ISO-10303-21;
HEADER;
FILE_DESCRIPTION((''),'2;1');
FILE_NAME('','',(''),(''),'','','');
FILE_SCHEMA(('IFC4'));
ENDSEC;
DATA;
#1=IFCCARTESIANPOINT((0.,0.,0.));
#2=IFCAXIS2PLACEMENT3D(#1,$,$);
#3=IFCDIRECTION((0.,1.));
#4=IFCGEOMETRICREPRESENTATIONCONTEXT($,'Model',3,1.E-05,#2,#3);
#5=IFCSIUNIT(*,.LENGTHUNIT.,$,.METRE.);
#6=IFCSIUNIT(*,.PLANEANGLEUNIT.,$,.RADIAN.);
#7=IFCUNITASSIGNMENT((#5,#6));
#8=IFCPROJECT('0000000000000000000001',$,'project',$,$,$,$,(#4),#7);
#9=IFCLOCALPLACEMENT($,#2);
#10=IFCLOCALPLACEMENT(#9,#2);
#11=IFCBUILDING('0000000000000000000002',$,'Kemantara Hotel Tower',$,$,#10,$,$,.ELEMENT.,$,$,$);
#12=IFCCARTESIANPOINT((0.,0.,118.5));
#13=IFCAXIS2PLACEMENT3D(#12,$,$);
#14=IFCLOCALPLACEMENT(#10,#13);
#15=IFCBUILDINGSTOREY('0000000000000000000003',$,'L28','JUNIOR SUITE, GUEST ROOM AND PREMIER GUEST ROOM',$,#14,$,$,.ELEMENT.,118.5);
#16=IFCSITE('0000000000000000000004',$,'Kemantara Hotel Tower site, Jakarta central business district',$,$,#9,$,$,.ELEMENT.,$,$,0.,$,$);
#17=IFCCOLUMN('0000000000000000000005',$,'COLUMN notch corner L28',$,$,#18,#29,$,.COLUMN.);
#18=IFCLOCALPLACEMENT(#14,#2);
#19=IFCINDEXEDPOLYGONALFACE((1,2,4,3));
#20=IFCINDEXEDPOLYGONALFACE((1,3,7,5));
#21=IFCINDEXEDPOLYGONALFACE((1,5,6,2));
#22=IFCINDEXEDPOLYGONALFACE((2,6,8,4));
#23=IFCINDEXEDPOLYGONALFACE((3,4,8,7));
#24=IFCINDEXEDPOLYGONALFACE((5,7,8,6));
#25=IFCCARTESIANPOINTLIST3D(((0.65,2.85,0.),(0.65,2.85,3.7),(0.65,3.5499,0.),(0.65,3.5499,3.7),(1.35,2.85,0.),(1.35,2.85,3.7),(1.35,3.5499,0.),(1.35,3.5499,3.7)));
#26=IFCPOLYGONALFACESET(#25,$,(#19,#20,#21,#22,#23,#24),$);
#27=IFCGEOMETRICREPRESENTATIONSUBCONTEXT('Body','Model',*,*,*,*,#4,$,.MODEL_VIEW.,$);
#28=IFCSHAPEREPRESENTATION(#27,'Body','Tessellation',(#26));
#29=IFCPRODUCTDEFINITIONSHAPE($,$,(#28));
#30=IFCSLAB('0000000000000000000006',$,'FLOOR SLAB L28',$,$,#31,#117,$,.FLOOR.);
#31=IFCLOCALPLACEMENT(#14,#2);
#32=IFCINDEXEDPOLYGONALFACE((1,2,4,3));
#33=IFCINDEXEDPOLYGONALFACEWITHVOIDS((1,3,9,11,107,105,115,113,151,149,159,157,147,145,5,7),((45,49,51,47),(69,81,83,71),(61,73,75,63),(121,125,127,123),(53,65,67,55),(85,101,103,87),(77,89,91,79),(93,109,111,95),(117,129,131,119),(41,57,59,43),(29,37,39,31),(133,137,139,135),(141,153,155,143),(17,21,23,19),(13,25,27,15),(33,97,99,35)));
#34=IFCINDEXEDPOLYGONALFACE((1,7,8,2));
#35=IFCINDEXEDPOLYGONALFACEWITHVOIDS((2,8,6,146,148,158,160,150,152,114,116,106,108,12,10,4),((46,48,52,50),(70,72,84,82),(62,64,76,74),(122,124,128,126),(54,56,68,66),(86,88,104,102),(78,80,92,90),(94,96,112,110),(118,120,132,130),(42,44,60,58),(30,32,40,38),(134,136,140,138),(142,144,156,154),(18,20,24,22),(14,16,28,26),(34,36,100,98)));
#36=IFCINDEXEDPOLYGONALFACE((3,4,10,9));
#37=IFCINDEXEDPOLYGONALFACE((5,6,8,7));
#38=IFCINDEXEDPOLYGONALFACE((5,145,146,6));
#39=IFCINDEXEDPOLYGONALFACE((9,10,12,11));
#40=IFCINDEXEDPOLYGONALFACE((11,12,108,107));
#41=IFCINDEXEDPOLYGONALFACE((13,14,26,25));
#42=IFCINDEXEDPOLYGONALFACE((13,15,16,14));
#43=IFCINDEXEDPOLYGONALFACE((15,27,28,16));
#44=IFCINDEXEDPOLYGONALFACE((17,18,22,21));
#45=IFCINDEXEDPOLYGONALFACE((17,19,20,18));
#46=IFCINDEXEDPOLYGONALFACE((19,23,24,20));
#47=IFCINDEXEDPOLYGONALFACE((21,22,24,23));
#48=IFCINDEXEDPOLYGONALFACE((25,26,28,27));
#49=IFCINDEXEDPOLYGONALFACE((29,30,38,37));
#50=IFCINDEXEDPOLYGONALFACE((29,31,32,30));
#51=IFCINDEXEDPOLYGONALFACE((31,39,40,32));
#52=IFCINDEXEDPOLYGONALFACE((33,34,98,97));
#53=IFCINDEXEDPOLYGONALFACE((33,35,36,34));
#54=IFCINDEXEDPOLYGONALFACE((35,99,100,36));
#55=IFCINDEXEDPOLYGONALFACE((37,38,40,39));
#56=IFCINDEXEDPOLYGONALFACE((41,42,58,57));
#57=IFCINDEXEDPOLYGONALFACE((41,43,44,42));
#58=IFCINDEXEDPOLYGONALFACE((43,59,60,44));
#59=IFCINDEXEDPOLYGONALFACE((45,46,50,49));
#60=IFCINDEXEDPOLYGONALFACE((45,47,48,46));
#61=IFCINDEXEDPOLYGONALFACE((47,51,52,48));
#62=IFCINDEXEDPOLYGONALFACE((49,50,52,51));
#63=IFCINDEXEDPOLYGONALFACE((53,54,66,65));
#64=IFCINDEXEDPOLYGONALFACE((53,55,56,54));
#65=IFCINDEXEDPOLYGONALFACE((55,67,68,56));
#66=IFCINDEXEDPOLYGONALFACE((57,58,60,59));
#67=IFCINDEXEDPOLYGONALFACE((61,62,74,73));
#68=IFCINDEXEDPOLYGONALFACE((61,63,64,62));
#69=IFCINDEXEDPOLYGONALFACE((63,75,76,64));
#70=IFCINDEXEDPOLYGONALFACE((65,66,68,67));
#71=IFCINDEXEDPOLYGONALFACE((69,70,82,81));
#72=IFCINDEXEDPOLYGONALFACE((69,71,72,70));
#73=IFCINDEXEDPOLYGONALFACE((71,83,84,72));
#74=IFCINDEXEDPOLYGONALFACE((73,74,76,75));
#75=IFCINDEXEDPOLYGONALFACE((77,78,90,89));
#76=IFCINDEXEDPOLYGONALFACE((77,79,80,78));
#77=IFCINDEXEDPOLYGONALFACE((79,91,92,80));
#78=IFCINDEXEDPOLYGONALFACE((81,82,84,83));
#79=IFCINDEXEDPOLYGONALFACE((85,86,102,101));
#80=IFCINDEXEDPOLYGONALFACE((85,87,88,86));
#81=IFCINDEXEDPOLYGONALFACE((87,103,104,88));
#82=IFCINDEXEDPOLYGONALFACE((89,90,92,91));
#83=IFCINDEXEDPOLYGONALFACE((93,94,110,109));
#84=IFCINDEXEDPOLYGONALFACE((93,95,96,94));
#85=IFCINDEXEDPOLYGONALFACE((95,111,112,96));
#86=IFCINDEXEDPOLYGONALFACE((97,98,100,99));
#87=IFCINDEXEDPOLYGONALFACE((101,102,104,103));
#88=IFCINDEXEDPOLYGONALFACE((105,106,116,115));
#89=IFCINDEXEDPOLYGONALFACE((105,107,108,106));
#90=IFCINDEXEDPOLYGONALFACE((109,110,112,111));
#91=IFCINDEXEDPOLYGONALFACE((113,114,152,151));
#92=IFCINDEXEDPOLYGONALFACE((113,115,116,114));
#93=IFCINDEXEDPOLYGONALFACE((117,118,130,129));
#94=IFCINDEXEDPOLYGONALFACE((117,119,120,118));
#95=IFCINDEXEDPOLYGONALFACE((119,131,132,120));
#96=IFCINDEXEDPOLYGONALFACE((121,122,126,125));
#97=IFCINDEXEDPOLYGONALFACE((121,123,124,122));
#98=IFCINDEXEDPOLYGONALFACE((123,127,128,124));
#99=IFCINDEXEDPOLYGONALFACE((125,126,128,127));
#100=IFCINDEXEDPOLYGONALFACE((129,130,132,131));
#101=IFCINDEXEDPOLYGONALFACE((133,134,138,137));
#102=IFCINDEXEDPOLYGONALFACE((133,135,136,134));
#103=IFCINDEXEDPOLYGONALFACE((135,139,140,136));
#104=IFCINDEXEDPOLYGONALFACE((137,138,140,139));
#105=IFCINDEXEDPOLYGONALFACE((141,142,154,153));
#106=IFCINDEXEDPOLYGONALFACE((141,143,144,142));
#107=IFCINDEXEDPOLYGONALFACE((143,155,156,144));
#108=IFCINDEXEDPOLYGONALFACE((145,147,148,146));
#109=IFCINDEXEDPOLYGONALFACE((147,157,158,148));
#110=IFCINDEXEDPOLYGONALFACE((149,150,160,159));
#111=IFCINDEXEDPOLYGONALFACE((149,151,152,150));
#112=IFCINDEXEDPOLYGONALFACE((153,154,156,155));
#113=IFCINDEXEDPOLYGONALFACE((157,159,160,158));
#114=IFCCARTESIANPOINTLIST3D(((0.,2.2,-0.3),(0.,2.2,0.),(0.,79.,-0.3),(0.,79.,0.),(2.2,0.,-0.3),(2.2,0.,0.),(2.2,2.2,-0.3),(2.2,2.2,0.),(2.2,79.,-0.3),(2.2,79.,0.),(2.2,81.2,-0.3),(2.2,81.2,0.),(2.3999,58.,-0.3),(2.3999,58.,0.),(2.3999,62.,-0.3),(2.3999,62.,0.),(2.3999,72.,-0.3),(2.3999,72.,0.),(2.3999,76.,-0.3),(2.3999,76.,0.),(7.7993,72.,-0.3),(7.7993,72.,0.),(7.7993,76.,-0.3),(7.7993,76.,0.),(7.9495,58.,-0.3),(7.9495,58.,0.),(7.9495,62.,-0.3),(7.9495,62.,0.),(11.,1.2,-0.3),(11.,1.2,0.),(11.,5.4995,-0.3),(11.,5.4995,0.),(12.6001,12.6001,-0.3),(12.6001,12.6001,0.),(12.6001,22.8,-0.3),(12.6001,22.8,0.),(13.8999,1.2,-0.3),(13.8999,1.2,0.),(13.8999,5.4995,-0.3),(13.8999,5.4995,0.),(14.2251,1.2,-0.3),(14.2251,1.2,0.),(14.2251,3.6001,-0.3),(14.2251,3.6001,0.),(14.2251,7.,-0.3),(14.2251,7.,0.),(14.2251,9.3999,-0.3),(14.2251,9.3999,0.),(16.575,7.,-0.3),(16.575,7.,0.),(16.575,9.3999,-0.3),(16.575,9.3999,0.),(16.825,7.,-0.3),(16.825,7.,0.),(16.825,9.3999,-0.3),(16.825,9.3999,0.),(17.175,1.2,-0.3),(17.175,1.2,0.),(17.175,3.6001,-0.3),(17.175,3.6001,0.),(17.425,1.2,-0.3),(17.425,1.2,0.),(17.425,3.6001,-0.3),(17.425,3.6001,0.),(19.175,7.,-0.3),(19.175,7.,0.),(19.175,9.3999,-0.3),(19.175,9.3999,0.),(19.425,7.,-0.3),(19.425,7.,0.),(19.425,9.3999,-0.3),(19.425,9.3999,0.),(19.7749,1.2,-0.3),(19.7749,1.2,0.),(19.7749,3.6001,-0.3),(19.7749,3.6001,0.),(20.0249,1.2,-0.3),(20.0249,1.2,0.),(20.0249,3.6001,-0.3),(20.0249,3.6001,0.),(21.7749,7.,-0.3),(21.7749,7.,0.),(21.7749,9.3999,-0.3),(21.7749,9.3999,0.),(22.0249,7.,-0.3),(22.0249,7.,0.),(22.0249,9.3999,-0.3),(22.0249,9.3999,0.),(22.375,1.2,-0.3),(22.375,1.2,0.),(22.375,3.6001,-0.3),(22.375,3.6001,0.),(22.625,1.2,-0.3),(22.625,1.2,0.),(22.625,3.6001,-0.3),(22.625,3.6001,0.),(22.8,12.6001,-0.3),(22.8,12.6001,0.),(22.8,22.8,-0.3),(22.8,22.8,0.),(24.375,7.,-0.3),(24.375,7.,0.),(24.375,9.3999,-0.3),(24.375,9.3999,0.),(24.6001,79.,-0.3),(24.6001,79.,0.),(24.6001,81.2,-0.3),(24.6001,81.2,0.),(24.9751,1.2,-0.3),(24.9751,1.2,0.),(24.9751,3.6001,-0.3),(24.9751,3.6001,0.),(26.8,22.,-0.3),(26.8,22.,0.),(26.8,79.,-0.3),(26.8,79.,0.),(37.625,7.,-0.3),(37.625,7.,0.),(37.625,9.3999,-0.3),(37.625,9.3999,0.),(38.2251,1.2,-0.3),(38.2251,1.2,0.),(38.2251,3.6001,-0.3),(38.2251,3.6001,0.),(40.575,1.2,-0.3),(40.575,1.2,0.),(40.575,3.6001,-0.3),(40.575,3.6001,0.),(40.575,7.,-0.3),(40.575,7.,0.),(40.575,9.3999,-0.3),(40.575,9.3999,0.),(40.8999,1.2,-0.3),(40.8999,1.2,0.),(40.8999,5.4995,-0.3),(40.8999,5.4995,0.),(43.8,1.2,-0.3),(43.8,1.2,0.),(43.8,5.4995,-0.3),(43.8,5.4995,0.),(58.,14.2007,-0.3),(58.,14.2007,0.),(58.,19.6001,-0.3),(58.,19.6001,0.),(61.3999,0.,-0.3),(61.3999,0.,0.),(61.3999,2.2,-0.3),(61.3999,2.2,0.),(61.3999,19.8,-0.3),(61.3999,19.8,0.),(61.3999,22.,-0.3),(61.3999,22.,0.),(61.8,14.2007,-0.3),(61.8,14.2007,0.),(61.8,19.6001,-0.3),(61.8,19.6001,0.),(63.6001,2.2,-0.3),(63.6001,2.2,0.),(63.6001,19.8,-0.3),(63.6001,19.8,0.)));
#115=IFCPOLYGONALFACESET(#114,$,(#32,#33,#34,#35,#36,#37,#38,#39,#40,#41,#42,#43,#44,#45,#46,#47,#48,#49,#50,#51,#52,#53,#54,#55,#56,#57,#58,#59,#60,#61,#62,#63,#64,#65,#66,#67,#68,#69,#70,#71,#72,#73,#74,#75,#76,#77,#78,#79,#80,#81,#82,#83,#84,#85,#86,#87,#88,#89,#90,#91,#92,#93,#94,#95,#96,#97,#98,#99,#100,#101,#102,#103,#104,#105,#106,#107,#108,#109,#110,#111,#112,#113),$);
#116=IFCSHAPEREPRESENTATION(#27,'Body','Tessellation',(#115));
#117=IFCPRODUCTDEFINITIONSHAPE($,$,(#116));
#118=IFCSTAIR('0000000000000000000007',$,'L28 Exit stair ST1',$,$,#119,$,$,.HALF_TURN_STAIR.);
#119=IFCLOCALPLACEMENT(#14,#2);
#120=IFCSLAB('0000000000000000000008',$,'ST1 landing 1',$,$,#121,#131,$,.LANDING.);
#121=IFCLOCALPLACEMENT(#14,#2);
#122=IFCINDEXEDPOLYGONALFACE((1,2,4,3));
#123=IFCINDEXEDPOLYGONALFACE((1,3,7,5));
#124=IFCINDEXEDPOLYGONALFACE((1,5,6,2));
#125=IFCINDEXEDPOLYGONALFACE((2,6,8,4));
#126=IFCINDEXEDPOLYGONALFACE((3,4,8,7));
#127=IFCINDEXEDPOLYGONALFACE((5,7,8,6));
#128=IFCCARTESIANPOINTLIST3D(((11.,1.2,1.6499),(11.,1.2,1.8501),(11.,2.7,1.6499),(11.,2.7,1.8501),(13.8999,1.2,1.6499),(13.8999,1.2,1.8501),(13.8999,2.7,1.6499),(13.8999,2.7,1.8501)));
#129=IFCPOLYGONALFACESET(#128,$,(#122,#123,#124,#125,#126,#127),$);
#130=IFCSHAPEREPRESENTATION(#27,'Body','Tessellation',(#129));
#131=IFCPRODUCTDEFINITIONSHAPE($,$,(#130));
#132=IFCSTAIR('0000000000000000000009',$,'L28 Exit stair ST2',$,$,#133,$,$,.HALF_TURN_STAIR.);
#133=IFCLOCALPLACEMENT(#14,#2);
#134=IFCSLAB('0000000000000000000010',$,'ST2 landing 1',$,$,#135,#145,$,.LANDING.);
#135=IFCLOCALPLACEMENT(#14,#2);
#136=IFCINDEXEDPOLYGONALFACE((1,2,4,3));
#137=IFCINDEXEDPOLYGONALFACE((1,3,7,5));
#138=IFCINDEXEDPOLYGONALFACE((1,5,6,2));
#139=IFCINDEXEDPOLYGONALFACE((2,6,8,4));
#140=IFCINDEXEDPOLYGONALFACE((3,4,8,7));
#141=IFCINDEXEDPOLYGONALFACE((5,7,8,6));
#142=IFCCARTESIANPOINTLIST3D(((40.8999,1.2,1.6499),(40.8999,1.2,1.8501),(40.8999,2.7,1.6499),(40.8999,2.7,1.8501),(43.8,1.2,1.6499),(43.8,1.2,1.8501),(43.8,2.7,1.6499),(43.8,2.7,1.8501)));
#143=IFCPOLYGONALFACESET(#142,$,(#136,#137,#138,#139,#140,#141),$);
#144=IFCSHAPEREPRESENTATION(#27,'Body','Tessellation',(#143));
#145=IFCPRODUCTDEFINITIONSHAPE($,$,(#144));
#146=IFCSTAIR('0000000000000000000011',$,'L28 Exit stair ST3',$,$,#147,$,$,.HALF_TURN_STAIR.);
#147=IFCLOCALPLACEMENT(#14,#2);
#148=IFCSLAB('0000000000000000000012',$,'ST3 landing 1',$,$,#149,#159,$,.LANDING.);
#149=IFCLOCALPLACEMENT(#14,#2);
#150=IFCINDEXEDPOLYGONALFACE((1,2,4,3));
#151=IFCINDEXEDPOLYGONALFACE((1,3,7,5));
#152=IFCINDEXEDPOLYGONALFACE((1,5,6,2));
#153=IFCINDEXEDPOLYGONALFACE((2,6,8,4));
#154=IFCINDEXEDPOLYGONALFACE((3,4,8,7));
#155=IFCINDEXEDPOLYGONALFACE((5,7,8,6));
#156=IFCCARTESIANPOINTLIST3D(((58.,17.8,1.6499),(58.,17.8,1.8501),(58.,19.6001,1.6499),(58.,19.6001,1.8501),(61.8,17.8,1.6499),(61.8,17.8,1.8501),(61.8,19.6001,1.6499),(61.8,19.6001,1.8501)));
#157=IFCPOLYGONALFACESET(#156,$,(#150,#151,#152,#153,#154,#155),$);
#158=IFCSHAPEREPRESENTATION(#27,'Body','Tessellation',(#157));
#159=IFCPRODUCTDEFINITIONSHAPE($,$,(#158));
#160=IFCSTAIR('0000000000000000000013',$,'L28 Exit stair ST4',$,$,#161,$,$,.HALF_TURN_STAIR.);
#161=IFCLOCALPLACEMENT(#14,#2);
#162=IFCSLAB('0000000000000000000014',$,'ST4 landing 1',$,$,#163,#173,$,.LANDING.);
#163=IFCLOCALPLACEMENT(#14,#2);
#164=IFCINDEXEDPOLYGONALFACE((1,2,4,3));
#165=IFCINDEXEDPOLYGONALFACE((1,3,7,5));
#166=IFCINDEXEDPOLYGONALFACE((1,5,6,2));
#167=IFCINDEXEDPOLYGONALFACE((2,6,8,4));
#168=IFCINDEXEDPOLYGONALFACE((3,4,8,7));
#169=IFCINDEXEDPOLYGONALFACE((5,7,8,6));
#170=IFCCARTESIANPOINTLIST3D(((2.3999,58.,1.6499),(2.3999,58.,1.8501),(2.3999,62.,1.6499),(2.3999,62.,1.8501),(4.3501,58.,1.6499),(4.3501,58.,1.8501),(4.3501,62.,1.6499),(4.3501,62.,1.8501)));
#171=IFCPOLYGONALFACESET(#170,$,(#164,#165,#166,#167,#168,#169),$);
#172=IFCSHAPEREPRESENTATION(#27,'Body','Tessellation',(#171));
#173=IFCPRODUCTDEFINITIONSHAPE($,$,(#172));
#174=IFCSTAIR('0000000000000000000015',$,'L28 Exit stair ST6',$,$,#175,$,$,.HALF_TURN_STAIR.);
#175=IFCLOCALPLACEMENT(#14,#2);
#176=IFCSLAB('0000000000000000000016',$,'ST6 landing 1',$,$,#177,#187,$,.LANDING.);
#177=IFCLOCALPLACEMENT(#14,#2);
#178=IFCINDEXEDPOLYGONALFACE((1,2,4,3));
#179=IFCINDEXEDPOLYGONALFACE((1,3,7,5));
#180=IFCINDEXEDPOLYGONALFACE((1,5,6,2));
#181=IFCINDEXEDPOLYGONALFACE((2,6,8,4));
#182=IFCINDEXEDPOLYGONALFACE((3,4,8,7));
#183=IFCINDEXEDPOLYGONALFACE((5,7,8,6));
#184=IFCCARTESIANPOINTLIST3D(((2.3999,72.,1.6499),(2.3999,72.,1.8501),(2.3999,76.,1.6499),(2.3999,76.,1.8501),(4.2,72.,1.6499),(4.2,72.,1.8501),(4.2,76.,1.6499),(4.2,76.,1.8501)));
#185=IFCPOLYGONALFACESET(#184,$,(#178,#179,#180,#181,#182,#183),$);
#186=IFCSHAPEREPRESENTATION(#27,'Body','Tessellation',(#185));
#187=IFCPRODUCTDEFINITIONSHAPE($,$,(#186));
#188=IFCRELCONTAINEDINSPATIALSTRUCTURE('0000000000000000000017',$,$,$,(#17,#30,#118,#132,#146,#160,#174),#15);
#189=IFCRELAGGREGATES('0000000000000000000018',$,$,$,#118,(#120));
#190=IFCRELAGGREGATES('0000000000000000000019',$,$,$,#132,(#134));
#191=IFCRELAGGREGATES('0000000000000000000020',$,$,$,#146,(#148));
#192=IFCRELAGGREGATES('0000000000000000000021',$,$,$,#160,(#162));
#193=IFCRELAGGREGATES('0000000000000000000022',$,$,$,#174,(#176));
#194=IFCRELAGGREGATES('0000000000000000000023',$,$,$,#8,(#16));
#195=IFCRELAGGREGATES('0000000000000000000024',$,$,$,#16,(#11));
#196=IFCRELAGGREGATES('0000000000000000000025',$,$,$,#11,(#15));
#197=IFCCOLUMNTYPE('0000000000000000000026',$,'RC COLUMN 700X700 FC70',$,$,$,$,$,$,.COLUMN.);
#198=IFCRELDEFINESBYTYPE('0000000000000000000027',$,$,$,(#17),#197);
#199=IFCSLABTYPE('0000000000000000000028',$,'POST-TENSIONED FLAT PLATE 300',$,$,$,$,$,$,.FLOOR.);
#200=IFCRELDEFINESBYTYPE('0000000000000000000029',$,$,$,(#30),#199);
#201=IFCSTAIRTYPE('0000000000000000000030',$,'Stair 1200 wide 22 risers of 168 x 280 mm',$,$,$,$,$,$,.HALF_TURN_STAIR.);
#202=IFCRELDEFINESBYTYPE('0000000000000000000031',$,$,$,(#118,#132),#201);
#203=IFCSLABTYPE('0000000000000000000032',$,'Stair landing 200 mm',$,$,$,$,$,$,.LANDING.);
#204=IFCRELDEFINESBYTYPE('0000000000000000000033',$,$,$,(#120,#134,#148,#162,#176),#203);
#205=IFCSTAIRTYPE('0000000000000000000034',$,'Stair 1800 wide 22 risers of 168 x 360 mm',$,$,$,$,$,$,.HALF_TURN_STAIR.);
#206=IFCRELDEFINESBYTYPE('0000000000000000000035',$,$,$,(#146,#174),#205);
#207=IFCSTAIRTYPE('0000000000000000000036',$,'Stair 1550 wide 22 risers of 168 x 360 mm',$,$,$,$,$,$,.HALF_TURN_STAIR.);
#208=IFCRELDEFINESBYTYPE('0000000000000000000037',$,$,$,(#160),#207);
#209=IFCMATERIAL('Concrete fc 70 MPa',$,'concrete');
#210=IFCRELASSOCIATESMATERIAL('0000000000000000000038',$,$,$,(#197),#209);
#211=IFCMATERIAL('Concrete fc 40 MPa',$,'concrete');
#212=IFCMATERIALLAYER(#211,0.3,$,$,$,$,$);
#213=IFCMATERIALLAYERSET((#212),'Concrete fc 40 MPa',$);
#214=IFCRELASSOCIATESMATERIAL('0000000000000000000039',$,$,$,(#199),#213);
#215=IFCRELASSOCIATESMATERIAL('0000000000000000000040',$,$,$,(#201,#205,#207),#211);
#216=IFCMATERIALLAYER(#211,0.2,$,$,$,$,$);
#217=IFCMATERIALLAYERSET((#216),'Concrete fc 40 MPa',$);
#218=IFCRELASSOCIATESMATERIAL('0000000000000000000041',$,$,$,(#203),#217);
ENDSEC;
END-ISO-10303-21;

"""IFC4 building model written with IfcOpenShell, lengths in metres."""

from ifc_helpers import new_model, si_unit, direction, frame, origin, origin_2d, place, context, subcontext, project, spatial, polyline, rectangle, outline, extrude, material, layer, layer_set, material_profile, profile_set, type_object, element, aggregate, save


model = new_model("IFC4")

# Units and contexts
model_context = context("Model", 3, precision=1e-05, world=origin(), true_north=direction((0.0, 1.0)))
body_context = subcontext(model_context, "Body", "Model", "MODEL_VIEW")
ifc_project = project(units=[si_unit("LENGTHUNIT", "METRE"), si_unit("PLANEANGLEUNIT", "RADIAN")], contexts=[model_context])

# Site, building, storey
site_placement = place(None, origin())
site = spatial("IfcSite", under=ifc_project, at=site_placement, Name="Kemantara Hotel Tower site, Jakarta central business district", CompositionType="ELEMENT", RefElevation=0.0)
building_placement = place(site_placement, origin())
building = spatial("IfcBuilding", under=site, at=building_placement, Name="Kemantara Hotel Tower", CompositionType="ELEMENT")
storey_placement = place(building_placement, frame((0.0, 0.0, 118.5)))
storey = spatial("IfcBuildingStorey", under=building, at=storey_placement, Name="L28", Description="JUNIOR SUITE, GUEST ROOM AND PREMIER GUEST ROOM", CompositionType="ELEMENT", Elevation=118.5)

# Column
ifc_material_1 = material(Name="Concrete fc 70 MPa", Category="concrete")
ifc_material_profile = material_profile(ifc_material_1, rectangle(XDim=0.7, YDim=0.7, at=origin_2d()), Name="RC 700X700")
ifc_profile_set = profile_set([ifc_material_profile], Name="Concrete fc 70 MPa")
column_type = type_object("IfcColumnType", Name="RC COLUMN 700X700 FC70", PredefinedType="COLUMN", material=ifc_profile_set)
column_placement = place(storey_placement, frame((1.0, 3.2, 0.0), z_axis=(0.0, 0.0, 1.0), x_axis=(1.0, 0.0, 0.0)))
element("IfcColumn", 1, at=column_placement, inside=storey, type_object=column_type, Name="COLUMN notch corner L28", PredefinedType="COLUMN", context=body_context, shape_type="SweptSolid", body=[
    extrude(rectangle(XDim=0.7, YDim=0.7, at=origin_2d()), origin(), (0.0, 0.0, 1.0), 3.7),
])

# Slab
ifc_material_2 = material(Name="Concrete fc 40 MPa", Category="concrete")
ifc_layer_1 = layer(ifc_material_2, 0.3)
ifc_layer_set_1 = layer_set([ifc_layer_1], Name="Concrete fc 40 MPa")
slab_type_1 = type_object("IfcSlabType", Name="POST-TENSIONED FLAT PLATE 300", PredefinedType="FLOOR", material=ifc_layer_set_1)
slab_1_placement = place(storey_placement, frame((0.0, 0.0, -0.3)))
element("IfcSlab", 2, at=slab_1_placement, inside=storey, type_object=slab_type_1, Name="FLOOR SLAB L28", PredefinedType="FLOOR", context=body_context, shape_type="SweptSolid", body=[
    extrude(outline(polyline([(26.8, 79.0), (24.6001, 79.0), (24.6001, 81.2), (2.2, 81.2), (2.2, 79.0), (0.0, 79.0), (0.0, 2.2), (2.2, 2.2), (2.2, 0.0), (61.3999, 0.0), (61.3999, 2.2), (63.6001, 2.2), (63.6001, 19.8), (61.3999, 19.8), (61.3999, 22.0), (26.8, 22.0), (26.8, 79.0)]), holes=[polyline([(17.175, 1.2), (14.2251, 1.2), (14.2251, 3.6001), (17.175, 3.6001), (17.175, 1.2)]), polyline([(19.7749, 1.2), (17.425, 1.2), (17.425, 3.6001), (19.7749, 3.6001), (19.7749, 1.2)]), polyline([(11.0, 1.2), (11.0, 5.4995), (13.8999, 5.4995), (13.8999, 1.2), (11.0, 1.2)]), polyline([(16.575, 7.0), (14.2251, 7.0), (14.2251, 9.3999), (16.575, 9.3999), (16.575, 7.0)]), polyline([(19.175, 7.0), (16.825, 7.0), (16.825, 9.3999), (19.175, 9.3999), (19.175, 7.0)]), polyline([(22.8, 12.6001), (12.6001, 12.6001), (12.6001, 22.8), (22.8, 22.8), (22.8, 12.6001)]), polyline([(2.3999, 62.0), (7.9495, 62.0), (7.9495, 58.0), (2.3999, 58.0), (2.3999, 62.0)]), polyline([(2.3999, 76.0), (7.7993, 76.0), (7.7993, 72.0), (2.3999, 72.0), (2.3999, 76.0)]), polyline([(22.375, 1.2), (20.0249, 1.2), (20.0249, 3.6001), (22.375, 3.6001), (22.375, 1.2)]), polyline([(24.9751, 1.2), (22.625, 1.2), (22.625, 3.6001), (24.9751, 3.6001), (24.9751, 1.2)]), polyline([(40.575, 1.2), (38.2251, 1.2), (38.2251, 3.6001), (40.575, 3.6001), (40.575, 1.2)]), polyline([(40.8999, 1.2), (40.8999, 5.4995), (43.8, 5.4995), (43.8, 1.2), (40.8999, 1.2)]), polyline([(21.7749, 7.0), (19.425, 7.0), (19.425, 9.3999), (21.7749, 9.3999), (21.7749, 7.0)]), polyline([(24.375, 7.0), (22.0249, 7.0), (22.0249, 9.3999), (24.375, 9.3999), (24.375, 7.0)]), polyline([(40.575, 7.0), (37.625, 7.0), (37.625, 9.3999), (40.575, 9.3999), (40.575, 7.0)]), polyline([(61.8, 19.6001), (61.8, 14.2007), (58.0, 14.2007), (58.0, 19.6001), (61.8, 19.6001)])]), origin(), (0.0, 0.0, 1.0), 0.3),
])

# Stairs, slabs
stair_type_1 = type_object("IfcStairType", Name="Stair 1200 wide 22 risers of 168 x 280 mm", PredefinedType="HALF_TURN_STAIR", material=ifc_material_2)
stair_1_placement = place(storey_placement, origin())
stair_1 = element("IfcStair", 3, at=stair_1_placement, inside=storey, type_object=stair_type_1, Name="L28 Exit stair ST1", PredefinedType="HALF_TURN_STAIR")
ifc_layer_2 = layer(ifc_material_2, 0.2)
ifc_layer_set_2 = layer_set([ifc_layer_2], Name="Concrete fc 40 MPa")
slab_type_2 = type_object("IfcSlabType", Name="Stair landing 200 mm", PredefinedType="LANDING", material=ifc_layer_set_2)
slab_2_placement = place(storey_placement, frame((0.0, 0.0, 1.6499)))
slab_2 = element("IfcSlab", 4, at=slab_2_placement, type_object=slab_type_2, Name="ST1 landing 1", PredefinedType="LANDING", context=body_context, shape_type="SweptSolid", body=[
    extrude(outline(polyline([(11.0, 2.7), (11.0, 1.2), (13.8999, 1.2), (13.8999, 2.7), (11.0, 2.7)])), origin(), (0.0, 0.0, 1.0), 0.2002),
])
aggregate(stair_1, [slab_2])
stair_2_placement = place(storey_placement, origin())
stair_2 = element("IfcStair", 5, at=stair_2_placement, inside=storey, type_object=stair_type_1, Name="L28 Exit stair ST2", PredefinedType="HALF_TURN_STAIR")
slab_3_placement = place(storey_placement, frame((0.0, 0.0, 1.6499)))
slab_3 = element("IfcSlab", 6, at=slab_3_placement, type_object=slab_type_2, Name="ST2 landing 1", PredefinedType="LANDING", context=body_context, shape_type="SweptSolid", body=[
    extrude(outline(polyline([(40.8999, 2.7), (40.8999, 1.2), (43.8, 1.2), (43.8, 2.7), (40.8999, 2.7)])), origin(), (0.0, 0.0, 1.0), 0.2002),
])
aggregate(stair_2, [slab_3])
stair_type_2 = type_object("IfcStairType", Name="Stair 1800 wide 22 risers of 168 x 360 mm", PredefinedType="HALF_TURN_STAIR", material=ifc_material_2)
stair_3_placement = place(storey_placement, origin())
stair_3 = element("IfcStair", 7, at=stair_3_placement, inside=storey, type_object=stair_type_2, Name="L28 Exit stair ST3", PredefinedType="HALF_TURN_STAIR")
slab_4_placement = place(storey_placement, frame((0.0, 0.0, 1.6499)))
slab_4 = element("IfcSlab", 8, at=slab_4_placement, type_object=slab_type_2, Name="ST3 landing 1", PredefinedType="LANDING", context=body_context, shape_type="SweptSolid", body=[
    extrude(outline(polyline([(61.8, 17.8), (61.8, 19.6001), (58.0, 19.6001), (58.0, 17.8), (61.8, 17.8)])), origin(), (0.0, 0.0, 1.0), 0.2002),
])
aggregate(stair_3, [slab_4])
stair_type_3 = type_object("IfcStairType", Name="Stair 1550 wide 22 risers of 168 x 360 mm", PredefinedType="HALF_TURN_STAIR", material=ifc_material_2)
stair_4_placement = place(storey_placement, origin())
stair_4 = element("IfcStair", 9, at=stair_4_placement, inside=storey, type_object=stair_type_3, Name="L28 Exit stair ST4", PredefinedType="HALF_TURN_STAIR")
slab_5_placement = place(storey_placement, frame((0.0, 0.0, 1.6499)))
slab_5 = element("IfcSlab", 10, at=slab_5_placement, type_object=slab_type_2, Name="ST4 landing 1", PredefinedType="LANDING", context=body_context, shape_type="SweptSolid", body=[
    extrude(outline(polyline([(4.3501, 62.0), (2.3999, 62.0), (2.3999, 58.0), (4.3501, 58.0), (4.3501, 62.0)])), origin(), (0.0, 0.0, 1.0), 0.2002),
])
aggregate(stair_4, [slab_5])
stair_5_placement = place(storey_placement, origin())
stair_5 = element("IfcStair", 11, at=stair_5_placement, inside=storey, type_object=stair_type_2, Name="L28 Exit stair ST6", PredefinedType="HALF_TURN_STAIR")
slab_6_placement = place(storey_placement, frame((0.0, 0.0, 1.6499)))
slab_6 = element("IfcSlab", 12, at=slab_6_placement, type_object=slab_type_2, Name="ST6 landing 1", PredefinedType="LANDING", context=body_context, shape_type="SweptSolid", body=[
    extrude(outline(polyline([(4.2, 76.0), (2.3999, 76.0), (2.3999, 72.0), (4.2, 72.0), (4.2, 76.0)])), origin(), (0.0, 0.0, 1.0), 0.2002),
])
aggregate(stair_5, [slab_6])

save(model, "model.ifc")
